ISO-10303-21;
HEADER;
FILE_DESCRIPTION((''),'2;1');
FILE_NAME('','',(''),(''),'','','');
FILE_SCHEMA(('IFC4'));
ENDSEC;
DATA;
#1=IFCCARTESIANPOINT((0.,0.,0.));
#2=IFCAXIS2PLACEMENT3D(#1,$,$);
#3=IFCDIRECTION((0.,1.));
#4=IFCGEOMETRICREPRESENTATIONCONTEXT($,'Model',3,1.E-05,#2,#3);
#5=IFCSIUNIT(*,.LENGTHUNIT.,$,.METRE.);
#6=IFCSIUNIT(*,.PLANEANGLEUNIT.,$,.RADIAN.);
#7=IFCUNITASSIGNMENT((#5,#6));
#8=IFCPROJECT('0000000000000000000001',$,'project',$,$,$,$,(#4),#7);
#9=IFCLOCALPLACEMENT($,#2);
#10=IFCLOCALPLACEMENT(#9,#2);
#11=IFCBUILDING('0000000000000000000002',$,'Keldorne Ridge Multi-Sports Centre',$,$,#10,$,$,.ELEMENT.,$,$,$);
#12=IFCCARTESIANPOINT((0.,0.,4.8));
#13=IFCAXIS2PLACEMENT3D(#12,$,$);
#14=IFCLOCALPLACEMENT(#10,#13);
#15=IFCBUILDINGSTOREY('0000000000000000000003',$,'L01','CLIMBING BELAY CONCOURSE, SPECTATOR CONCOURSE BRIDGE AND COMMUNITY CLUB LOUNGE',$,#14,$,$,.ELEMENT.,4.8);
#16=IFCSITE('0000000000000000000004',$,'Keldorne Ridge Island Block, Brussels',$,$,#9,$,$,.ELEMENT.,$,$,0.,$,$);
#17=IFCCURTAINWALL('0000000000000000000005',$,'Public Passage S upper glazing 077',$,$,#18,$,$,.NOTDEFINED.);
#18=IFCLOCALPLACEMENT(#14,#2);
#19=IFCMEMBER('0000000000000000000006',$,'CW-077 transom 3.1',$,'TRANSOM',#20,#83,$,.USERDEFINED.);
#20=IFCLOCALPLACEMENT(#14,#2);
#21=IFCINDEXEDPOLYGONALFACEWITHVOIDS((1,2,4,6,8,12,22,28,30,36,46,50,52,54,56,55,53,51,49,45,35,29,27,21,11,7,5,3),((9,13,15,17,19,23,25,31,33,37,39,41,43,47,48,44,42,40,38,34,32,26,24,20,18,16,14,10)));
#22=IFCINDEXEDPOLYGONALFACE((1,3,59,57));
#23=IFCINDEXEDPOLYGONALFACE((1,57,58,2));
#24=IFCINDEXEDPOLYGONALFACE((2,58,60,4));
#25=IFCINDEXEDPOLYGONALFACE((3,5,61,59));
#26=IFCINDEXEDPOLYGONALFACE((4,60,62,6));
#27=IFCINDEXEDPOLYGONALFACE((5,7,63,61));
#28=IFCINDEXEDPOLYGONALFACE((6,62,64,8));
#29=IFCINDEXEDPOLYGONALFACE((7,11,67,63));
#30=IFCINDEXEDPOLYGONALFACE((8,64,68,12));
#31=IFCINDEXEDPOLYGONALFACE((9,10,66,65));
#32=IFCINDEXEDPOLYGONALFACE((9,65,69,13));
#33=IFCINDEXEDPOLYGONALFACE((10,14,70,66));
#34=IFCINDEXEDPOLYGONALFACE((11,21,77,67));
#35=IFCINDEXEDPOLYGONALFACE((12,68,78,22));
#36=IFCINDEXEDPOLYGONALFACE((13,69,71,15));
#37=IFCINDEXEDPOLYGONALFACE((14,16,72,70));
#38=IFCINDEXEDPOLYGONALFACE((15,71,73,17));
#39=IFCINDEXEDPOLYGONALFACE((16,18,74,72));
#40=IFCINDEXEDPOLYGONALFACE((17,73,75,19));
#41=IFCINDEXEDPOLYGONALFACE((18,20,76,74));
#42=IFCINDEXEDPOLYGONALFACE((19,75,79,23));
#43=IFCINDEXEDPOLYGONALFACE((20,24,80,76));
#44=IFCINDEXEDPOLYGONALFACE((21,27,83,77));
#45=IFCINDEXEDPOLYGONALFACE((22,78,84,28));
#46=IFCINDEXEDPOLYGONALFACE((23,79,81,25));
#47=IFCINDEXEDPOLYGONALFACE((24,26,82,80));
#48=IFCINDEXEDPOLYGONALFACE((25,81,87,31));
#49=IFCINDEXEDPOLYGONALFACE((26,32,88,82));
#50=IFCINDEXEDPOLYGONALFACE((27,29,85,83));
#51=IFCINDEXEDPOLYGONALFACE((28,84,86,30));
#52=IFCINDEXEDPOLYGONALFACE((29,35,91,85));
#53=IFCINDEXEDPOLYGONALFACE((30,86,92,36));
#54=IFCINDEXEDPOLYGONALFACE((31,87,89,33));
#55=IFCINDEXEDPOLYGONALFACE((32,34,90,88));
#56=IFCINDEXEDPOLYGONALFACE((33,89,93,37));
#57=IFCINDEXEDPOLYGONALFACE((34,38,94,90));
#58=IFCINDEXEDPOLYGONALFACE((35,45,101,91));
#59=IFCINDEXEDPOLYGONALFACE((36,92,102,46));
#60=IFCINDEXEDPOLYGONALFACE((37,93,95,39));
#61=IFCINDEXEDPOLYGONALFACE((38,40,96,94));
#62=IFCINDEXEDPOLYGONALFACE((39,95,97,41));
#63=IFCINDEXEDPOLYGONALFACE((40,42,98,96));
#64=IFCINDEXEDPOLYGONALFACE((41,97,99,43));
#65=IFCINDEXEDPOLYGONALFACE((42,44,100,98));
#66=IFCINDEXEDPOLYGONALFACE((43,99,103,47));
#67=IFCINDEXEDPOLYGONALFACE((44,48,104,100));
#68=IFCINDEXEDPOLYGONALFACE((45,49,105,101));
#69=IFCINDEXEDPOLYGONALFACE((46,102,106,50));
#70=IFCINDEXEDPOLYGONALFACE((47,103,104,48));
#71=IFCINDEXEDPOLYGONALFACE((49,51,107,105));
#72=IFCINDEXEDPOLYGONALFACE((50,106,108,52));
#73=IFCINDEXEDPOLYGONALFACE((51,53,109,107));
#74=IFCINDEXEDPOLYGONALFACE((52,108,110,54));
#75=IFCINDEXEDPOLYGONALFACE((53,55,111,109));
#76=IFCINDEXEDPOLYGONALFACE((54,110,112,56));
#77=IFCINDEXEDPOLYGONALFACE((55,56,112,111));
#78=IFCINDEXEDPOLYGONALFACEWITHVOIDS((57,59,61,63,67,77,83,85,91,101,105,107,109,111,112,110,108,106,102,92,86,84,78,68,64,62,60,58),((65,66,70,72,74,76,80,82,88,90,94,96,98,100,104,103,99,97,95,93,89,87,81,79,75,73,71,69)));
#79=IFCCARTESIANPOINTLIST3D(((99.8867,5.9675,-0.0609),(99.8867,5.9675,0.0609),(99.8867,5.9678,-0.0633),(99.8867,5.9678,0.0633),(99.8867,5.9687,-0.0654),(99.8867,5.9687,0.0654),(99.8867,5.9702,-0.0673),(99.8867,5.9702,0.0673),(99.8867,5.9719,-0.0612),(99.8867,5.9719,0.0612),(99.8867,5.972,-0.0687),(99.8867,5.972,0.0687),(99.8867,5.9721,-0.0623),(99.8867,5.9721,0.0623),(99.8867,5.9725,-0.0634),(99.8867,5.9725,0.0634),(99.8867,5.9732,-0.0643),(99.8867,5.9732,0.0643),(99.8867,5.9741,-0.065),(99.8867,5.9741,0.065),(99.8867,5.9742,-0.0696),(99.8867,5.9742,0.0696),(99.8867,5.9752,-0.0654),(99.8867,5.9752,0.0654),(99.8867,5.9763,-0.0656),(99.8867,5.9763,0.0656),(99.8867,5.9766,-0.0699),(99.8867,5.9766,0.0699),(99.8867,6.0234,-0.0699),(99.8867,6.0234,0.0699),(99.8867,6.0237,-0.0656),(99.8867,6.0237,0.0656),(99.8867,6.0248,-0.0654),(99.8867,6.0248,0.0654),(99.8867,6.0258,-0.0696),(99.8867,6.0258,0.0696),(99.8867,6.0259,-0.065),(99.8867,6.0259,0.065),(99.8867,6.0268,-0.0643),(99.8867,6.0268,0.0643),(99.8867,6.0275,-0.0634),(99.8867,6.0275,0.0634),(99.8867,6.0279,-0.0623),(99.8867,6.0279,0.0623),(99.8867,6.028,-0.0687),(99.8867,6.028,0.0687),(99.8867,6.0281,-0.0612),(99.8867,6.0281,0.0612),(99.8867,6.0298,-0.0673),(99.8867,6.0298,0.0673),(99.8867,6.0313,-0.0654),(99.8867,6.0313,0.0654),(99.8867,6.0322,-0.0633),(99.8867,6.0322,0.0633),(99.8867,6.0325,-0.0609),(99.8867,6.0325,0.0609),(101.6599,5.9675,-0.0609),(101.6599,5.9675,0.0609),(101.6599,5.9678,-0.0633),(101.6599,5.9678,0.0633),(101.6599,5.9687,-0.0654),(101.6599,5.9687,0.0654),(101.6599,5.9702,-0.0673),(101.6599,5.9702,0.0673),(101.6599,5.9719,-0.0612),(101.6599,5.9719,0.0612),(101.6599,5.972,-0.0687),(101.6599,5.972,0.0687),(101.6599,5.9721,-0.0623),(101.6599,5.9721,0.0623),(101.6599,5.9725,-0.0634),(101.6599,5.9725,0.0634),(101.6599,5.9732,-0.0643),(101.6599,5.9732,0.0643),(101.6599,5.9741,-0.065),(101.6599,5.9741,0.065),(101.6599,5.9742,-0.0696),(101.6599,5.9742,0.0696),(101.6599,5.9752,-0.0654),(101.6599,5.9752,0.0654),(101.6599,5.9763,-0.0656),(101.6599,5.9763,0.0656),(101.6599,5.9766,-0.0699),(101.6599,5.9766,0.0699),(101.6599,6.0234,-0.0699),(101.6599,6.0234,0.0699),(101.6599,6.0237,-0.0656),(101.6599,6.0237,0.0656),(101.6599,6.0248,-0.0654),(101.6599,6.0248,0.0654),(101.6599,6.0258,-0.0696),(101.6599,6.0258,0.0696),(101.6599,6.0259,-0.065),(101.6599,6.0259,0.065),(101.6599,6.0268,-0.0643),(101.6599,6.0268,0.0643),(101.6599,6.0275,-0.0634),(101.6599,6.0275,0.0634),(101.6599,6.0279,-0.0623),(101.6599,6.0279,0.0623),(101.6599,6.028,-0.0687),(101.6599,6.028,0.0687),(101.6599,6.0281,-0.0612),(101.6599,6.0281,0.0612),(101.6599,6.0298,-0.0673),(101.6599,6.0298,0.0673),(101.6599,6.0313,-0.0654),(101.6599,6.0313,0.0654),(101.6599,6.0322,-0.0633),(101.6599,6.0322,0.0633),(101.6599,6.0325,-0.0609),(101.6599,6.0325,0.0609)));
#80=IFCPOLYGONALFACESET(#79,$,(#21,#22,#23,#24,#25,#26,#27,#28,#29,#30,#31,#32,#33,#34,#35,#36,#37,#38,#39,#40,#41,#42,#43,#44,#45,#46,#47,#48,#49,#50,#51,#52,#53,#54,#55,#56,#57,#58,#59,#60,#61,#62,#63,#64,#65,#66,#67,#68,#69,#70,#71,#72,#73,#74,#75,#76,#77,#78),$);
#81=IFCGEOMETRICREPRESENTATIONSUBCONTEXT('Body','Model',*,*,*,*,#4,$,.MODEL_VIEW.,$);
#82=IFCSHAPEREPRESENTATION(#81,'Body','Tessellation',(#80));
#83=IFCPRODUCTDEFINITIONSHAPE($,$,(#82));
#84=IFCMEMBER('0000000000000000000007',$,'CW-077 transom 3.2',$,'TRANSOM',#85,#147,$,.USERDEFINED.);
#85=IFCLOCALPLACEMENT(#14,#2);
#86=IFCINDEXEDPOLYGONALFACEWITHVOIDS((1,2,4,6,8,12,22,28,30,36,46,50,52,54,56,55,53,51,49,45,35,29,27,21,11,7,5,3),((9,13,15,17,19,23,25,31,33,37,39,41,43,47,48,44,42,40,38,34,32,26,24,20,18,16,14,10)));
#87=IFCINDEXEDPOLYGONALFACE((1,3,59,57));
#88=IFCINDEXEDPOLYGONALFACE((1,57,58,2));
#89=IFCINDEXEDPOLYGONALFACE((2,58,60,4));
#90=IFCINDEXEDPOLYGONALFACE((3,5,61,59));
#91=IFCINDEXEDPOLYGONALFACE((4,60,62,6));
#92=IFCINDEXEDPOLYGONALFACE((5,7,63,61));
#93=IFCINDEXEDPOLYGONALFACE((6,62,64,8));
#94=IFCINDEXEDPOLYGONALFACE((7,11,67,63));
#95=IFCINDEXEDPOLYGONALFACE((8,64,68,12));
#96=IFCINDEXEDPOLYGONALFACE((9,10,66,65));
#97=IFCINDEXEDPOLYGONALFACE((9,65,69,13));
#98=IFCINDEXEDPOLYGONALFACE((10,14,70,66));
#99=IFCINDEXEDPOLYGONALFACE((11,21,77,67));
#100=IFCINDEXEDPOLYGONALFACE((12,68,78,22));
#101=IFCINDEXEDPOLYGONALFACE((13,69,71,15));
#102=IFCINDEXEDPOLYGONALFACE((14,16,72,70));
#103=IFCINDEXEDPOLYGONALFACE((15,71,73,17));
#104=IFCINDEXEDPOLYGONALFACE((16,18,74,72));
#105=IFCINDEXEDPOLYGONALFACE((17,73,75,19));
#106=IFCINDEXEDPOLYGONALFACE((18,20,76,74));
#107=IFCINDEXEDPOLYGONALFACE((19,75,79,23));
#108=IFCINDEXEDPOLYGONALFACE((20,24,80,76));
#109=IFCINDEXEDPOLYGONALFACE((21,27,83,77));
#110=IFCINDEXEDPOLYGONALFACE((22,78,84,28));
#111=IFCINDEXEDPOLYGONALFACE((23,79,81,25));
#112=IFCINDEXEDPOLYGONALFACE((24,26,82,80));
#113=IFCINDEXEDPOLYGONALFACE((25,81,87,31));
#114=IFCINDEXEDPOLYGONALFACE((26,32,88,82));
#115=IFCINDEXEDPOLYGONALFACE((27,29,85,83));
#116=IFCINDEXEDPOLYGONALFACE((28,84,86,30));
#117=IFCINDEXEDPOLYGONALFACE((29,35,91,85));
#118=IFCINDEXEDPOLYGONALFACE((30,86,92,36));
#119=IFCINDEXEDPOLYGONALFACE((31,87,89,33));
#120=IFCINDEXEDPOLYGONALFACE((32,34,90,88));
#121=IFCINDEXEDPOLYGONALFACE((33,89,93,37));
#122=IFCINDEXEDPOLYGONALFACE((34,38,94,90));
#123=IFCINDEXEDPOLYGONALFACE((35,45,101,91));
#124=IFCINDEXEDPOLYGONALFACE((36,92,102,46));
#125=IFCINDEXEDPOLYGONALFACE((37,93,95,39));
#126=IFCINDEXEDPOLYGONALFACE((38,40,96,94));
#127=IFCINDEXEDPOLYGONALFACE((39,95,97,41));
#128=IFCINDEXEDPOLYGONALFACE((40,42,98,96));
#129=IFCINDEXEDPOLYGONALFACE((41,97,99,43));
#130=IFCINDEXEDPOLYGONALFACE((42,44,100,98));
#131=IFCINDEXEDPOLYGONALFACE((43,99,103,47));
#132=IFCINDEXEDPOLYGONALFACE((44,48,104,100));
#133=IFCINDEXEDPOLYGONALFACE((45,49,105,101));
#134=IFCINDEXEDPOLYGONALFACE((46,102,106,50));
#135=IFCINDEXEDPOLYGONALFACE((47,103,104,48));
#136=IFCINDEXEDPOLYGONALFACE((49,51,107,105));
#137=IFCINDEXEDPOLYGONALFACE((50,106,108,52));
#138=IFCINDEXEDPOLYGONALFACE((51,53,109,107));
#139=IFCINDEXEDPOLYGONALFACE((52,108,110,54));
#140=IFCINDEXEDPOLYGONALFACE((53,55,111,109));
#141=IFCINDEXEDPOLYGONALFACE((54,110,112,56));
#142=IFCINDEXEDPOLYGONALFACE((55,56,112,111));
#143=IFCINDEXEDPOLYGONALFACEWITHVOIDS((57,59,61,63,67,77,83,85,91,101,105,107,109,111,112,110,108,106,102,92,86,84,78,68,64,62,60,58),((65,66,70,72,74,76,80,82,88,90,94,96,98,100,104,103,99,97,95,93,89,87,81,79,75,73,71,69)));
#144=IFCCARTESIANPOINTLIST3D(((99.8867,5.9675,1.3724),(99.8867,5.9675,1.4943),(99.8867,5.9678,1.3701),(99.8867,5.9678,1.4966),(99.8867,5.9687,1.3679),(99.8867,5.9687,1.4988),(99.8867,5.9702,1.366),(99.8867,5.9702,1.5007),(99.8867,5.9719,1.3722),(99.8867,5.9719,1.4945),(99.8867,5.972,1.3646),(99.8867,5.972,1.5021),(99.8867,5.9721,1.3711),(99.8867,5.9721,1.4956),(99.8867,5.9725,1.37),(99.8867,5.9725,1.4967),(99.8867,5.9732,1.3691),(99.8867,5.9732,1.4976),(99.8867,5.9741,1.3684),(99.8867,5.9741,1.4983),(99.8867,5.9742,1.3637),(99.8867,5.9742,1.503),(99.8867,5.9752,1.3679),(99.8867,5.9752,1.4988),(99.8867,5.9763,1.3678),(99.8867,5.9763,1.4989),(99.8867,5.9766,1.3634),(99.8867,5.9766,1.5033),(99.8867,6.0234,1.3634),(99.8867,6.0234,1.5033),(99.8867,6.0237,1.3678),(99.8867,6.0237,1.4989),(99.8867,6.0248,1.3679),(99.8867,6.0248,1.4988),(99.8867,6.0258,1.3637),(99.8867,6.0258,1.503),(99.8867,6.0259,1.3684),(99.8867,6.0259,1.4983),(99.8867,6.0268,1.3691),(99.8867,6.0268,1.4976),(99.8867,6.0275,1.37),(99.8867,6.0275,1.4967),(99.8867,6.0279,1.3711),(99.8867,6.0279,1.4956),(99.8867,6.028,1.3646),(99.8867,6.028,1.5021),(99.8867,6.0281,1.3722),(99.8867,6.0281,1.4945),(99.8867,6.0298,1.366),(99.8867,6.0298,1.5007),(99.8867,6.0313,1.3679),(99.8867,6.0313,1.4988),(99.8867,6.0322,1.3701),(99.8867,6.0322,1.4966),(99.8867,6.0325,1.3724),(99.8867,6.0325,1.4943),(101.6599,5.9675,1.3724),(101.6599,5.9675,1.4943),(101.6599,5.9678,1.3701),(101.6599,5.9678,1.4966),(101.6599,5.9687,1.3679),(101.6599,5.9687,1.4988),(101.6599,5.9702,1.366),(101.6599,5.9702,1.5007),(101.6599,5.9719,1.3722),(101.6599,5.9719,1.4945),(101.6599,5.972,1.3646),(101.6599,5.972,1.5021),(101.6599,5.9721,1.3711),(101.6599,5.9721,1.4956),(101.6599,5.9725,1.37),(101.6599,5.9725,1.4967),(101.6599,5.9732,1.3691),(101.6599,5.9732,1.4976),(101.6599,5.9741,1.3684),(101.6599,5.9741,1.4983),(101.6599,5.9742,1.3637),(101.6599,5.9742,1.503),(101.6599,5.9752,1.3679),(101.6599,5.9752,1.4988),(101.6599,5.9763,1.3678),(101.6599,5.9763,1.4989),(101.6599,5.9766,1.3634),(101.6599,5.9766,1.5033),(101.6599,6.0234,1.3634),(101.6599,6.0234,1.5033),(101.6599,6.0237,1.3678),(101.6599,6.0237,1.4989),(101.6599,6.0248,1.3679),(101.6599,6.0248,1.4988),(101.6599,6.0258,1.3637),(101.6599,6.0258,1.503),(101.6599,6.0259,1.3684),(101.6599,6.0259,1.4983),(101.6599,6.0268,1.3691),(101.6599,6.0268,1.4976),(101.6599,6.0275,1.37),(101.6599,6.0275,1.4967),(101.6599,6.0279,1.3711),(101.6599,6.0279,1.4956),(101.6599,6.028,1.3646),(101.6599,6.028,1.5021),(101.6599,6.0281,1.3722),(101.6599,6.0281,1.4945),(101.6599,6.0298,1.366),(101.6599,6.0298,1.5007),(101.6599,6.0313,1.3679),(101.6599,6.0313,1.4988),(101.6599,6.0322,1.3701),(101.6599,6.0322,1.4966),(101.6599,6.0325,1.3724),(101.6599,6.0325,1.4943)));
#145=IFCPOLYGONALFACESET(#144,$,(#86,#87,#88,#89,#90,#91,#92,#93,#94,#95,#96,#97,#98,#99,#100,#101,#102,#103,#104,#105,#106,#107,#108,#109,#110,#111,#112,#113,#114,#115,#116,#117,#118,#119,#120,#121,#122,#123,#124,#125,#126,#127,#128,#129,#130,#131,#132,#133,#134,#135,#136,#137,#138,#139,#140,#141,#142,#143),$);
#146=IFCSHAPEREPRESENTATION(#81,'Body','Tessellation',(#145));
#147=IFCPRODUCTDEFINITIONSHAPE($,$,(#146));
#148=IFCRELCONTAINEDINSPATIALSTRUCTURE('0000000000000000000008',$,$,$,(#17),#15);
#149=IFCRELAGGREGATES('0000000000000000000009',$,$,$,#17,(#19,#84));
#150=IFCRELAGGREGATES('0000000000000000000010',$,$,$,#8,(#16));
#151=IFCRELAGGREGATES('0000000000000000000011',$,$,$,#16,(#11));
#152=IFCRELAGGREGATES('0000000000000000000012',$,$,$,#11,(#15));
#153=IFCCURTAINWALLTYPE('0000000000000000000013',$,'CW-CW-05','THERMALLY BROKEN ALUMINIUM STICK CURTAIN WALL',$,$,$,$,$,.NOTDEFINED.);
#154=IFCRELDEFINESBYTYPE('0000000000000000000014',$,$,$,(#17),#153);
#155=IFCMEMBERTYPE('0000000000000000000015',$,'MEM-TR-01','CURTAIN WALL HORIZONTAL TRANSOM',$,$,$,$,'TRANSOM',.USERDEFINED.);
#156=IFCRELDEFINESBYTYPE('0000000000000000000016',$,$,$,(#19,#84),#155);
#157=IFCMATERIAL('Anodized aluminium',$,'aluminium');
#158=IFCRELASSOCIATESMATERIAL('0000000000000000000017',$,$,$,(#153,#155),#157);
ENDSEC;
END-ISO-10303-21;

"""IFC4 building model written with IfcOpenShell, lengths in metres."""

from ifc_helpers import new_model, si_unit, direction, frame, origin, origin_2d, place, context, subcontext, project, spatial, hollow_rectangle, extrude, material, material_profile, profile_set, type_object, element, aggregate, save


model = new_model("IFC4")

# Units and contexts
model_context = context("Model", 3, precision=1e-05, world=origin(), true_north=direction((0.0, 1.0)))
body_context = subcontext(model_context, "Body", "Model", "MODEL_VIEW")
ifc_project = project(units=[si_unit("LENGTHUNIT", "METRE"), si_unit("PLANEANGLEUNIT", "RADIAN")], contexts=[model_context])

# Site, building, storey
site_placement = place(None, origin())
site = spatial("IfcSite", under=ifc_project, at=site_placement, Name="Keldorne Ridge Island Block, Brussels", CompositionType="ELEMENT", RefElevation=0.0)
building_placement = place(site_placement, origin())
building = spatial("IfcBuilding", under=site, at=building_placement, Name="Keldorne Ridge Multi-Sports Centre", CompositionType="ELEMENT")
storey_placement = place(building_placement, frame((0.0, 0.0, 4.8)))
storey = spatial("IfcBuildingStorey", under=building, at=storey_placement, Name="L01", Description="CLIMBING BELAY CONCOURSE, SPECTATOR CONCOURSE BRIDGE AND COMMUNITY CLUB LOUNGE", CompositionType="ELEMENT", Elevation=4.8)

# Curtain wall
ifc_material_1 = material(Name="Anodized aluminium", Category="aluminium")
curtain_wall_type = type_object("IfcCurtainWallType", Name="CW-CW-05", Description="THERMALLY BROKEN ALUMINIUM STICK CURTAIN WALL", PredefinedType="NOTDEFINED", material=ifc_material_1)
curtain_wall_placement = place(storey_placement, origin())
curtain_wall = element("IfcCurtainWall", 1, at=curtain_wall_placement, inside=storey, type_object=curtain_wall_type, Name="Public Passage S upper glazing 077", PredefinedType="NOTDEFINED")

# Members
ifc_material_profile_1 = material_profile(ifc_material_1, hollow_rectangle(XDim=0.0649, YDim=0.1399, WallThickness=0.0044, InnerFilletRadius=0.0044, OuterFilletRadius=0.009, at=origin_2d()), Name="ALU TRANSOM 140x65x4.5")
ifc_profile_set_1 = profile_set([ifc_material_profile_1], Name="Anodized aluminium")
member_type_1 = type_object("IfcMemberType", Name="MEM-TR-01", Description="CURTAIN WALL HORIZONTAL TRANSOM", ElementType="TRANSOM", PredefinedType="USERDEFINED", material=ifc_profile_set_1)
member_1_placement = place(storey_placement, frame((99.8867, 6.0, 0.0), z_axis=(1.0, 0.0, 0.0), x_axis=(0.0, 1.0, 0.0)))
member_1 = element("IfcMember", 2, at=member_1_placement, type_object=member_type_1, Name="CW-077 transom 3.1", ObjectType="TRANSOM", PredefinedType="USERDEFINED", context=body_context, shape_type="SweptSolid", body=[
    extrude(hollow_rectangle(XDim=0.0649, YDim=0.1399, WallThickness=0.0044, InnerFilletRadius=0.0044, OuterFilletRadius=0.009, at=origin_2d()), origin(), (0.0, 0.0, 1.0), 1.7732),
])
member_2_placement = place(storey_placement, frame((99.8867, 6.0, 1.4333), z_axis=(1.0, 0.0, 0.0), x_axis=(0.0, 1.0, 0.0)))
member_2 = element("IfcMember", 3, at=member_2_placement, type_object=member_type_1, Name="CW-077 transom 3.2", ObjectType="TRANSOM", PredefinedType="USERDEFINED", context=body_context, shape_type="SweptSolid", body=[
    extrude(hollow_rectangle(XDim=0.0649, YDim=0.1399, WallThickness=0.0044, InnerFilletRadius=0.0044, OuterFilletRadius=0.009, at=origin_2d()), origin(), (0.0, 0.0, 1.0), 1.7732),
])

aggregate(curtain_wall, [member_1, member_2])

save(model, "model.ifc")
